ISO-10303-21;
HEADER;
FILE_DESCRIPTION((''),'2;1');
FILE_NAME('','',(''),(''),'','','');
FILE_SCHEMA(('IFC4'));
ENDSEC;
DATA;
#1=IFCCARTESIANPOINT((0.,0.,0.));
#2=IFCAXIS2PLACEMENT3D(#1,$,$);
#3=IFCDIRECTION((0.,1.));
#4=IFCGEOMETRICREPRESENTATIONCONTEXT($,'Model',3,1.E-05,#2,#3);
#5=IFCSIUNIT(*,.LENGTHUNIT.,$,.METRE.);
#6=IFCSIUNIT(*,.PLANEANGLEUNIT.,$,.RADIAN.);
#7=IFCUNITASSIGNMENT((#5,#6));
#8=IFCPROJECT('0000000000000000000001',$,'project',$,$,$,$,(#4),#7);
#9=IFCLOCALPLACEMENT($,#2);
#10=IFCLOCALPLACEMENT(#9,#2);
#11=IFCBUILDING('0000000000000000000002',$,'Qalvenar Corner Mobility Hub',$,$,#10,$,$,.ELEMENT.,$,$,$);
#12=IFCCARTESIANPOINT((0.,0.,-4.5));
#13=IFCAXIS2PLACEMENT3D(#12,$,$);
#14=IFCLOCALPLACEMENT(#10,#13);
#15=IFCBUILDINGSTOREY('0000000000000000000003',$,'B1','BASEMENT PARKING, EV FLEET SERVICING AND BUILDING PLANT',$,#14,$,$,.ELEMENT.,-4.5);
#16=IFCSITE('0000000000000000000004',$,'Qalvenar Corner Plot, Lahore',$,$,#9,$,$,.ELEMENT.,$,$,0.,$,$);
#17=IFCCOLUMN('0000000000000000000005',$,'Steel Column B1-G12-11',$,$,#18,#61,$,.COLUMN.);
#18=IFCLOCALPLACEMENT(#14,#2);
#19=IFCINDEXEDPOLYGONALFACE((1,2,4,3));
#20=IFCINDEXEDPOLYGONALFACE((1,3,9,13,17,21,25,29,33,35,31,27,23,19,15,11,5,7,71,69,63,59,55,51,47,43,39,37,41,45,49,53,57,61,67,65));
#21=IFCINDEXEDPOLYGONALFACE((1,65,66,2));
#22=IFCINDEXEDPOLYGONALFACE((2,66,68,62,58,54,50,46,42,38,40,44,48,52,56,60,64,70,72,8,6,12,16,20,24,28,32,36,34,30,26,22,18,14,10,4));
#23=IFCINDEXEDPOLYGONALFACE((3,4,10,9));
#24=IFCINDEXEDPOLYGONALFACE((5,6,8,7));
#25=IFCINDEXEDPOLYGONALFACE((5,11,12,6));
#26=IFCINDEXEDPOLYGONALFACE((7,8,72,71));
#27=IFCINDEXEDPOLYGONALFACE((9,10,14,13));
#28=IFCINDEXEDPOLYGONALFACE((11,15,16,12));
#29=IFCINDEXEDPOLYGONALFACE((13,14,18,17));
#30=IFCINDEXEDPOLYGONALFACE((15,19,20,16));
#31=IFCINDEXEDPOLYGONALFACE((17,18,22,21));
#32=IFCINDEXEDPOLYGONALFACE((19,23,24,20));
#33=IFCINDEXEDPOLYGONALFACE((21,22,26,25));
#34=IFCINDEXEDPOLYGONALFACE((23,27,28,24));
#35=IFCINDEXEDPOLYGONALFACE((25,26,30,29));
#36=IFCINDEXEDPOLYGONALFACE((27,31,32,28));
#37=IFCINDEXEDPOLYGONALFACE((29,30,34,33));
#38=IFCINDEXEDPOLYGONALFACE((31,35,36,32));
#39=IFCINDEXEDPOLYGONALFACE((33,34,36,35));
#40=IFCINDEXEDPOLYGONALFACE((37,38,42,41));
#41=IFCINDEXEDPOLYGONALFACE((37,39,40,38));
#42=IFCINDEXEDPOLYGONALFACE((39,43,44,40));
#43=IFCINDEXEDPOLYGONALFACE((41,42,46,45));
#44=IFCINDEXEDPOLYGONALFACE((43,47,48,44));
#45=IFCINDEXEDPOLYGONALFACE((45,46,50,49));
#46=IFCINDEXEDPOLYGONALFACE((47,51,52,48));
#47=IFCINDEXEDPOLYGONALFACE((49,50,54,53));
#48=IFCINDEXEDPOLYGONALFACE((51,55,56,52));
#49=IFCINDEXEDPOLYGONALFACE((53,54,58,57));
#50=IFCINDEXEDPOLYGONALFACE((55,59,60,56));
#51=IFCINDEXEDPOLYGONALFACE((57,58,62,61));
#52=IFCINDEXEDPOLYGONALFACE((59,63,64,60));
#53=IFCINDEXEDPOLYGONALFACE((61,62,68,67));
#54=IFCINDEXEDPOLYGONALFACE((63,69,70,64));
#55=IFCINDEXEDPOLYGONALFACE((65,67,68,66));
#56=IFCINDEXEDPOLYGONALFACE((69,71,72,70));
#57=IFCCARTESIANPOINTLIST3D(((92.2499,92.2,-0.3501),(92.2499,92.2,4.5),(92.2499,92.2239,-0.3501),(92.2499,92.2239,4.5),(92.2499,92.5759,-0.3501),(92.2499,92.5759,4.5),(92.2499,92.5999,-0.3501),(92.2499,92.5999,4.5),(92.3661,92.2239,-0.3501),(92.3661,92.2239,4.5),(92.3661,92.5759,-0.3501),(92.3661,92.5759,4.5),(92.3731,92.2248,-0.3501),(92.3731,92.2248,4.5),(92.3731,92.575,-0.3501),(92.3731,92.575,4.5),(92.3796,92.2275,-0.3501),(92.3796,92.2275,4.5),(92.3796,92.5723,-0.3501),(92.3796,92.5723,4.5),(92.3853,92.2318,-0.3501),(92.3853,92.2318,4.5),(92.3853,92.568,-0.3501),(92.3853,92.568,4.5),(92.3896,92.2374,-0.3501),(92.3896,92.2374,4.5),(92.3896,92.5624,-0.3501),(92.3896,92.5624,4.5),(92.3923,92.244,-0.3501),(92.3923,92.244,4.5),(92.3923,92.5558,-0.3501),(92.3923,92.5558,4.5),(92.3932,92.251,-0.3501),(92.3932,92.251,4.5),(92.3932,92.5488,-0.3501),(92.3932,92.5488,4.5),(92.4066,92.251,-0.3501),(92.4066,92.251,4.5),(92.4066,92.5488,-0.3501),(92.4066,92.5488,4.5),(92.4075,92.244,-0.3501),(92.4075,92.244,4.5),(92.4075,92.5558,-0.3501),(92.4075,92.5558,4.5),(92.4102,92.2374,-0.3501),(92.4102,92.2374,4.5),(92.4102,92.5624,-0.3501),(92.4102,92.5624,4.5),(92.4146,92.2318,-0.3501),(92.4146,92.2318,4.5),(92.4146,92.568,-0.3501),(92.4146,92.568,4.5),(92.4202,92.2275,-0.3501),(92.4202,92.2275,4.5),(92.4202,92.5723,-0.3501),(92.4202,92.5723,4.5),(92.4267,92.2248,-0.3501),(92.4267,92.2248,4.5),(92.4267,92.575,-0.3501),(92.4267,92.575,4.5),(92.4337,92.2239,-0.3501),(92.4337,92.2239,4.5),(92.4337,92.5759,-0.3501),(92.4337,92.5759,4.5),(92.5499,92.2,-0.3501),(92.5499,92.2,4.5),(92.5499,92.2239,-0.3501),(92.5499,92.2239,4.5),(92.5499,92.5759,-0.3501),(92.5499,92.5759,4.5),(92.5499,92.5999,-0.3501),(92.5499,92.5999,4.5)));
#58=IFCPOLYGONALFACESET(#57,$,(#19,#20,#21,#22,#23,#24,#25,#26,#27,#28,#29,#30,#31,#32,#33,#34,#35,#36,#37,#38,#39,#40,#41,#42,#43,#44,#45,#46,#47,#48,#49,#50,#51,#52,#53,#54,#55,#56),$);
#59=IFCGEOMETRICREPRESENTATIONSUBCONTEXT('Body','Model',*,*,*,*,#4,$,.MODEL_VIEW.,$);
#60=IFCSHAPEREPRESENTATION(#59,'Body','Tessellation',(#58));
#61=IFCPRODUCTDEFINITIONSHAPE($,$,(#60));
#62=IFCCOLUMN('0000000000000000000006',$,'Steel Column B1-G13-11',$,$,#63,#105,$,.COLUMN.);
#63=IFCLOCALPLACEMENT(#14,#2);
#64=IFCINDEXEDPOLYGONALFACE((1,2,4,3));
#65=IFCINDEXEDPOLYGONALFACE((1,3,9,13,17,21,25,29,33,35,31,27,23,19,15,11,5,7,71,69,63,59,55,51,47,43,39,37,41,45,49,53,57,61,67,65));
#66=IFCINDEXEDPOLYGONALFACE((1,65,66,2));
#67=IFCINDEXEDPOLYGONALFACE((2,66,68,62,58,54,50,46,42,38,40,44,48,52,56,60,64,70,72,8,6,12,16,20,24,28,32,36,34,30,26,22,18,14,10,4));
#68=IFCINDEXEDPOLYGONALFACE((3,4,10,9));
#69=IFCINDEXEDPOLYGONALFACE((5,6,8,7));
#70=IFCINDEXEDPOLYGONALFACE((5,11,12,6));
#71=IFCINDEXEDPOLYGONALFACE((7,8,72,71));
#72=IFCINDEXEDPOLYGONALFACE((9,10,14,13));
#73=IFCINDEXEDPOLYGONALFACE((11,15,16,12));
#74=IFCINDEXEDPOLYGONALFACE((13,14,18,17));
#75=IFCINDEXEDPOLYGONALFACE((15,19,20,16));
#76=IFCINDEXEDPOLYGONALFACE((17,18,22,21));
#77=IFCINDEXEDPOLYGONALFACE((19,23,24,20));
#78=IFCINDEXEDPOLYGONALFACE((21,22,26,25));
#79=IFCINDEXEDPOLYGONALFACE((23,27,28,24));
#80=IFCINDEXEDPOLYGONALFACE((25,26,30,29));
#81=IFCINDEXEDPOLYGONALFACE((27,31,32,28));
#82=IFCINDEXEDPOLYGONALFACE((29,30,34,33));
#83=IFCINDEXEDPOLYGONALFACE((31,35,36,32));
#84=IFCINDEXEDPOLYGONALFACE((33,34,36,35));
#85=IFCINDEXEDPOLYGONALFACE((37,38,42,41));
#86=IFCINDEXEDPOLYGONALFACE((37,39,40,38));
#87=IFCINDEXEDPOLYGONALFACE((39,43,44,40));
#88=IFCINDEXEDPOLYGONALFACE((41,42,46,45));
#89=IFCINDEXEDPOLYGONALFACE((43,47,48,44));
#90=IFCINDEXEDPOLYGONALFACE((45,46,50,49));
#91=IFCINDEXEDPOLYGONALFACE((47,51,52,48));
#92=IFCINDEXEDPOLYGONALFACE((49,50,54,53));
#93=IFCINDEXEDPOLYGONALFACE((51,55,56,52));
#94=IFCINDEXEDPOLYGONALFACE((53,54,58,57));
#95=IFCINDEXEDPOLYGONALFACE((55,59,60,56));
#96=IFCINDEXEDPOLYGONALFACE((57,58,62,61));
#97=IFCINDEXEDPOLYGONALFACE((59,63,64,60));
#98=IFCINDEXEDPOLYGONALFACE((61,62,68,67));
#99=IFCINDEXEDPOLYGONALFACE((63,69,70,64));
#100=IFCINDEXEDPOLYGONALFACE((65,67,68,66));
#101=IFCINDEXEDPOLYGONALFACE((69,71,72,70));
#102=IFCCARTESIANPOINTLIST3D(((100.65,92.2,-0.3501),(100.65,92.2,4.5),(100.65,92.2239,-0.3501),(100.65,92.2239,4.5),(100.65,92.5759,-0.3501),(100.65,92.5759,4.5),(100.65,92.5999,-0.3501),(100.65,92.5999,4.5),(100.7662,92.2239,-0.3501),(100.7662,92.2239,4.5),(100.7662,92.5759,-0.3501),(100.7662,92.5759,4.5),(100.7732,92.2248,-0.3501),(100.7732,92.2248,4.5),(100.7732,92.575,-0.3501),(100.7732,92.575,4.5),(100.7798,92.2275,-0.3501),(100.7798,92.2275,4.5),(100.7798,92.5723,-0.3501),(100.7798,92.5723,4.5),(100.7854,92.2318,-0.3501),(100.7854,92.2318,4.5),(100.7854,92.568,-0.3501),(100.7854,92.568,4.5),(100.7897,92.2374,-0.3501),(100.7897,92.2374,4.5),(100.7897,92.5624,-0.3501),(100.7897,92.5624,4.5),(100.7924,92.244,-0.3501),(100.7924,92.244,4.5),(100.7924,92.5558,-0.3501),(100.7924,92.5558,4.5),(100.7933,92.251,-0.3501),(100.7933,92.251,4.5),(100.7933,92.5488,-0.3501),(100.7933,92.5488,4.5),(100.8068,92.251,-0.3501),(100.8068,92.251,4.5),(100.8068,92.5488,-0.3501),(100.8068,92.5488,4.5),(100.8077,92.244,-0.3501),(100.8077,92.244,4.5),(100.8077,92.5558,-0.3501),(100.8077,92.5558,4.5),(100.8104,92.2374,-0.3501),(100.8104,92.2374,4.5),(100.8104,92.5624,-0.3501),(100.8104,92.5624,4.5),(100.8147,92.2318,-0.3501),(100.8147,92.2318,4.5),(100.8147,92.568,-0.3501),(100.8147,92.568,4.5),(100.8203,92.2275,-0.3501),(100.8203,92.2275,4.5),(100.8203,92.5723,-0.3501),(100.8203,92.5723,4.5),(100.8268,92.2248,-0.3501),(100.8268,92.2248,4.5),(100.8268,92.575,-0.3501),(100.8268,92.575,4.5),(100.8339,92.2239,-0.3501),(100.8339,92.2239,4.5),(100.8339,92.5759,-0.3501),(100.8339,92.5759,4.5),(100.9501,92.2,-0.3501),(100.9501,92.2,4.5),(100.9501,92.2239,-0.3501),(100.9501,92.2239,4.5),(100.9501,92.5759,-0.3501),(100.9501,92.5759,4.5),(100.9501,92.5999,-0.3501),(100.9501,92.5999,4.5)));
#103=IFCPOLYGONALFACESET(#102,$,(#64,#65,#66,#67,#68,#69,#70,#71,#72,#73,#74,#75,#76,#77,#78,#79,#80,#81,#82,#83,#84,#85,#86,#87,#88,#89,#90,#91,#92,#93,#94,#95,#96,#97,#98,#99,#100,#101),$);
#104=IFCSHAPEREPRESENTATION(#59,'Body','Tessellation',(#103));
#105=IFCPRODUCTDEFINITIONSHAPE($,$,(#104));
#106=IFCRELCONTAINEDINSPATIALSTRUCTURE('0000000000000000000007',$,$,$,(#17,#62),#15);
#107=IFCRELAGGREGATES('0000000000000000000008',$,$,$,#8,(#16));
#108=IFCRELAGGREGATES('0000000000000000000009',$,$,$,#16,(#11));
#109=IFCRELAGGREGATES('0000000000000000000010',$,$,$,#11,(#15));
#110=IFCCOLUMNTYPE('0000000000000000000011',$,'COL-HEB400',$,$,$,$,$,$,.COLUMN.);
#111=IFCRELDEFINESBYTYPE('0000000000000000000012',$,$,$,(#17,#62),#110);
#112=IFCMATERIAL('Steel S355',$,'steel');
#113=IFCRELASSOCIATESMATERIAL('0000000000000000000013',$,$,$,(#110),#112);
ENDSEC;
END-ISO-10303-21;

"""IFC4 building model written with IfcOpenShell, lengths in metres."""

from ifc_helpers import new_model, si_unit, direction, frame, origin, origin_2d, place, context, subcontext, project, spatial, i_section, extrude, material, material_profile, profile_set, type_object, element, save


model = new_model("IFC4")

# Units and contexts
model_context = context("Model", 3, precision=1e-05, world=origin(), true_north=direction((0.0, 1.0)))
body_context = subcontext(model_context, "Body", "Model", "MODEL_VIEW")
ifc_project = project(units=[si_unit("LENGTHUNIT", "METRE"), si_unit("PLANEANGLEUNIT", "RADIAN")], contexts=[model_context])

# Site, building, storey
site_placement = place(None, origin())
site = spatial("IfcSite", under=ifc_project, at=site_placement, Name="Qalvenar Corner Plot, Lahore", CompositionType="ELEMENT", RefElevation=0.0)
building_placement = place(site_placement, origin())
building = spatial("IfcBuilding", under=site, at=building_placement, Name="Qalvenar Corner Mobility Hub", CompositionType="ELEMENT")
storey_placement = place(building_placement, frame((0.0, 0.0, -4.5)))
storey = spatial("IfcBuildingStorey", under=building, at=storey_placement, Name="B1", Description="BASEMENT PARKING, EV FLEET SERVICING AND BUILDING PLANT", CompositionType="ELEMENT", Elevation=-4.5)

# Columns
ifc_material_1 = material(Name="Steel S355", Category="steel")
ifc_material_profile_1 = material_profile(ifc_material_1, i_section(OverallWidth=0.3, OverallDepth=0.3999, WebThickness=0.0134, FlangeThickness=0.0239, FilletRadius=0.0271, at=origin_2d()), Name="HEB400")
ifc_profile_set_1 = profile_set([ifc_material_profile_1], Name="Steel S355")
column_type_1 = type_object("IfcColumnType", Name="COL-HEB400", PredefinedType="COLUMN", material=ifc_profile_set_1)
for number, where, z_axis, x_axis, name in (
    (1, (92.3999, 92.3999, -0.3501), (0.0, 0.0, 1.0), (1.0, 0.0, 0.0), "Steel Column B1-G12-11"),
    (2, (100.8, 92.3999, -0.3501), (0.0, 0.0, 1.0), (1.0, 0.0, 0.0), "Steel Column B1-G13-11"),
):
    element("IfcColumn", number, at=place(storey_placement, frame(where, z_axis=z_axis, x_axis=x_axis)), inside=storey, type_object=column_type_1, Name=name, PredefinedType="COLUMN", context=body_context, shape_type="SweptSolid", body=[
        extrude(i_section(OverallWidth=0.3, OverallDepth=0.3999, WebThickness=0.0134, FlangeThickness=0.0239, FilletRadius=0.0271, at=origin_2d()), origin(), (0.0, 0.0, 1.0), 4.8501),
    ])

save(model, "model.ifc")
